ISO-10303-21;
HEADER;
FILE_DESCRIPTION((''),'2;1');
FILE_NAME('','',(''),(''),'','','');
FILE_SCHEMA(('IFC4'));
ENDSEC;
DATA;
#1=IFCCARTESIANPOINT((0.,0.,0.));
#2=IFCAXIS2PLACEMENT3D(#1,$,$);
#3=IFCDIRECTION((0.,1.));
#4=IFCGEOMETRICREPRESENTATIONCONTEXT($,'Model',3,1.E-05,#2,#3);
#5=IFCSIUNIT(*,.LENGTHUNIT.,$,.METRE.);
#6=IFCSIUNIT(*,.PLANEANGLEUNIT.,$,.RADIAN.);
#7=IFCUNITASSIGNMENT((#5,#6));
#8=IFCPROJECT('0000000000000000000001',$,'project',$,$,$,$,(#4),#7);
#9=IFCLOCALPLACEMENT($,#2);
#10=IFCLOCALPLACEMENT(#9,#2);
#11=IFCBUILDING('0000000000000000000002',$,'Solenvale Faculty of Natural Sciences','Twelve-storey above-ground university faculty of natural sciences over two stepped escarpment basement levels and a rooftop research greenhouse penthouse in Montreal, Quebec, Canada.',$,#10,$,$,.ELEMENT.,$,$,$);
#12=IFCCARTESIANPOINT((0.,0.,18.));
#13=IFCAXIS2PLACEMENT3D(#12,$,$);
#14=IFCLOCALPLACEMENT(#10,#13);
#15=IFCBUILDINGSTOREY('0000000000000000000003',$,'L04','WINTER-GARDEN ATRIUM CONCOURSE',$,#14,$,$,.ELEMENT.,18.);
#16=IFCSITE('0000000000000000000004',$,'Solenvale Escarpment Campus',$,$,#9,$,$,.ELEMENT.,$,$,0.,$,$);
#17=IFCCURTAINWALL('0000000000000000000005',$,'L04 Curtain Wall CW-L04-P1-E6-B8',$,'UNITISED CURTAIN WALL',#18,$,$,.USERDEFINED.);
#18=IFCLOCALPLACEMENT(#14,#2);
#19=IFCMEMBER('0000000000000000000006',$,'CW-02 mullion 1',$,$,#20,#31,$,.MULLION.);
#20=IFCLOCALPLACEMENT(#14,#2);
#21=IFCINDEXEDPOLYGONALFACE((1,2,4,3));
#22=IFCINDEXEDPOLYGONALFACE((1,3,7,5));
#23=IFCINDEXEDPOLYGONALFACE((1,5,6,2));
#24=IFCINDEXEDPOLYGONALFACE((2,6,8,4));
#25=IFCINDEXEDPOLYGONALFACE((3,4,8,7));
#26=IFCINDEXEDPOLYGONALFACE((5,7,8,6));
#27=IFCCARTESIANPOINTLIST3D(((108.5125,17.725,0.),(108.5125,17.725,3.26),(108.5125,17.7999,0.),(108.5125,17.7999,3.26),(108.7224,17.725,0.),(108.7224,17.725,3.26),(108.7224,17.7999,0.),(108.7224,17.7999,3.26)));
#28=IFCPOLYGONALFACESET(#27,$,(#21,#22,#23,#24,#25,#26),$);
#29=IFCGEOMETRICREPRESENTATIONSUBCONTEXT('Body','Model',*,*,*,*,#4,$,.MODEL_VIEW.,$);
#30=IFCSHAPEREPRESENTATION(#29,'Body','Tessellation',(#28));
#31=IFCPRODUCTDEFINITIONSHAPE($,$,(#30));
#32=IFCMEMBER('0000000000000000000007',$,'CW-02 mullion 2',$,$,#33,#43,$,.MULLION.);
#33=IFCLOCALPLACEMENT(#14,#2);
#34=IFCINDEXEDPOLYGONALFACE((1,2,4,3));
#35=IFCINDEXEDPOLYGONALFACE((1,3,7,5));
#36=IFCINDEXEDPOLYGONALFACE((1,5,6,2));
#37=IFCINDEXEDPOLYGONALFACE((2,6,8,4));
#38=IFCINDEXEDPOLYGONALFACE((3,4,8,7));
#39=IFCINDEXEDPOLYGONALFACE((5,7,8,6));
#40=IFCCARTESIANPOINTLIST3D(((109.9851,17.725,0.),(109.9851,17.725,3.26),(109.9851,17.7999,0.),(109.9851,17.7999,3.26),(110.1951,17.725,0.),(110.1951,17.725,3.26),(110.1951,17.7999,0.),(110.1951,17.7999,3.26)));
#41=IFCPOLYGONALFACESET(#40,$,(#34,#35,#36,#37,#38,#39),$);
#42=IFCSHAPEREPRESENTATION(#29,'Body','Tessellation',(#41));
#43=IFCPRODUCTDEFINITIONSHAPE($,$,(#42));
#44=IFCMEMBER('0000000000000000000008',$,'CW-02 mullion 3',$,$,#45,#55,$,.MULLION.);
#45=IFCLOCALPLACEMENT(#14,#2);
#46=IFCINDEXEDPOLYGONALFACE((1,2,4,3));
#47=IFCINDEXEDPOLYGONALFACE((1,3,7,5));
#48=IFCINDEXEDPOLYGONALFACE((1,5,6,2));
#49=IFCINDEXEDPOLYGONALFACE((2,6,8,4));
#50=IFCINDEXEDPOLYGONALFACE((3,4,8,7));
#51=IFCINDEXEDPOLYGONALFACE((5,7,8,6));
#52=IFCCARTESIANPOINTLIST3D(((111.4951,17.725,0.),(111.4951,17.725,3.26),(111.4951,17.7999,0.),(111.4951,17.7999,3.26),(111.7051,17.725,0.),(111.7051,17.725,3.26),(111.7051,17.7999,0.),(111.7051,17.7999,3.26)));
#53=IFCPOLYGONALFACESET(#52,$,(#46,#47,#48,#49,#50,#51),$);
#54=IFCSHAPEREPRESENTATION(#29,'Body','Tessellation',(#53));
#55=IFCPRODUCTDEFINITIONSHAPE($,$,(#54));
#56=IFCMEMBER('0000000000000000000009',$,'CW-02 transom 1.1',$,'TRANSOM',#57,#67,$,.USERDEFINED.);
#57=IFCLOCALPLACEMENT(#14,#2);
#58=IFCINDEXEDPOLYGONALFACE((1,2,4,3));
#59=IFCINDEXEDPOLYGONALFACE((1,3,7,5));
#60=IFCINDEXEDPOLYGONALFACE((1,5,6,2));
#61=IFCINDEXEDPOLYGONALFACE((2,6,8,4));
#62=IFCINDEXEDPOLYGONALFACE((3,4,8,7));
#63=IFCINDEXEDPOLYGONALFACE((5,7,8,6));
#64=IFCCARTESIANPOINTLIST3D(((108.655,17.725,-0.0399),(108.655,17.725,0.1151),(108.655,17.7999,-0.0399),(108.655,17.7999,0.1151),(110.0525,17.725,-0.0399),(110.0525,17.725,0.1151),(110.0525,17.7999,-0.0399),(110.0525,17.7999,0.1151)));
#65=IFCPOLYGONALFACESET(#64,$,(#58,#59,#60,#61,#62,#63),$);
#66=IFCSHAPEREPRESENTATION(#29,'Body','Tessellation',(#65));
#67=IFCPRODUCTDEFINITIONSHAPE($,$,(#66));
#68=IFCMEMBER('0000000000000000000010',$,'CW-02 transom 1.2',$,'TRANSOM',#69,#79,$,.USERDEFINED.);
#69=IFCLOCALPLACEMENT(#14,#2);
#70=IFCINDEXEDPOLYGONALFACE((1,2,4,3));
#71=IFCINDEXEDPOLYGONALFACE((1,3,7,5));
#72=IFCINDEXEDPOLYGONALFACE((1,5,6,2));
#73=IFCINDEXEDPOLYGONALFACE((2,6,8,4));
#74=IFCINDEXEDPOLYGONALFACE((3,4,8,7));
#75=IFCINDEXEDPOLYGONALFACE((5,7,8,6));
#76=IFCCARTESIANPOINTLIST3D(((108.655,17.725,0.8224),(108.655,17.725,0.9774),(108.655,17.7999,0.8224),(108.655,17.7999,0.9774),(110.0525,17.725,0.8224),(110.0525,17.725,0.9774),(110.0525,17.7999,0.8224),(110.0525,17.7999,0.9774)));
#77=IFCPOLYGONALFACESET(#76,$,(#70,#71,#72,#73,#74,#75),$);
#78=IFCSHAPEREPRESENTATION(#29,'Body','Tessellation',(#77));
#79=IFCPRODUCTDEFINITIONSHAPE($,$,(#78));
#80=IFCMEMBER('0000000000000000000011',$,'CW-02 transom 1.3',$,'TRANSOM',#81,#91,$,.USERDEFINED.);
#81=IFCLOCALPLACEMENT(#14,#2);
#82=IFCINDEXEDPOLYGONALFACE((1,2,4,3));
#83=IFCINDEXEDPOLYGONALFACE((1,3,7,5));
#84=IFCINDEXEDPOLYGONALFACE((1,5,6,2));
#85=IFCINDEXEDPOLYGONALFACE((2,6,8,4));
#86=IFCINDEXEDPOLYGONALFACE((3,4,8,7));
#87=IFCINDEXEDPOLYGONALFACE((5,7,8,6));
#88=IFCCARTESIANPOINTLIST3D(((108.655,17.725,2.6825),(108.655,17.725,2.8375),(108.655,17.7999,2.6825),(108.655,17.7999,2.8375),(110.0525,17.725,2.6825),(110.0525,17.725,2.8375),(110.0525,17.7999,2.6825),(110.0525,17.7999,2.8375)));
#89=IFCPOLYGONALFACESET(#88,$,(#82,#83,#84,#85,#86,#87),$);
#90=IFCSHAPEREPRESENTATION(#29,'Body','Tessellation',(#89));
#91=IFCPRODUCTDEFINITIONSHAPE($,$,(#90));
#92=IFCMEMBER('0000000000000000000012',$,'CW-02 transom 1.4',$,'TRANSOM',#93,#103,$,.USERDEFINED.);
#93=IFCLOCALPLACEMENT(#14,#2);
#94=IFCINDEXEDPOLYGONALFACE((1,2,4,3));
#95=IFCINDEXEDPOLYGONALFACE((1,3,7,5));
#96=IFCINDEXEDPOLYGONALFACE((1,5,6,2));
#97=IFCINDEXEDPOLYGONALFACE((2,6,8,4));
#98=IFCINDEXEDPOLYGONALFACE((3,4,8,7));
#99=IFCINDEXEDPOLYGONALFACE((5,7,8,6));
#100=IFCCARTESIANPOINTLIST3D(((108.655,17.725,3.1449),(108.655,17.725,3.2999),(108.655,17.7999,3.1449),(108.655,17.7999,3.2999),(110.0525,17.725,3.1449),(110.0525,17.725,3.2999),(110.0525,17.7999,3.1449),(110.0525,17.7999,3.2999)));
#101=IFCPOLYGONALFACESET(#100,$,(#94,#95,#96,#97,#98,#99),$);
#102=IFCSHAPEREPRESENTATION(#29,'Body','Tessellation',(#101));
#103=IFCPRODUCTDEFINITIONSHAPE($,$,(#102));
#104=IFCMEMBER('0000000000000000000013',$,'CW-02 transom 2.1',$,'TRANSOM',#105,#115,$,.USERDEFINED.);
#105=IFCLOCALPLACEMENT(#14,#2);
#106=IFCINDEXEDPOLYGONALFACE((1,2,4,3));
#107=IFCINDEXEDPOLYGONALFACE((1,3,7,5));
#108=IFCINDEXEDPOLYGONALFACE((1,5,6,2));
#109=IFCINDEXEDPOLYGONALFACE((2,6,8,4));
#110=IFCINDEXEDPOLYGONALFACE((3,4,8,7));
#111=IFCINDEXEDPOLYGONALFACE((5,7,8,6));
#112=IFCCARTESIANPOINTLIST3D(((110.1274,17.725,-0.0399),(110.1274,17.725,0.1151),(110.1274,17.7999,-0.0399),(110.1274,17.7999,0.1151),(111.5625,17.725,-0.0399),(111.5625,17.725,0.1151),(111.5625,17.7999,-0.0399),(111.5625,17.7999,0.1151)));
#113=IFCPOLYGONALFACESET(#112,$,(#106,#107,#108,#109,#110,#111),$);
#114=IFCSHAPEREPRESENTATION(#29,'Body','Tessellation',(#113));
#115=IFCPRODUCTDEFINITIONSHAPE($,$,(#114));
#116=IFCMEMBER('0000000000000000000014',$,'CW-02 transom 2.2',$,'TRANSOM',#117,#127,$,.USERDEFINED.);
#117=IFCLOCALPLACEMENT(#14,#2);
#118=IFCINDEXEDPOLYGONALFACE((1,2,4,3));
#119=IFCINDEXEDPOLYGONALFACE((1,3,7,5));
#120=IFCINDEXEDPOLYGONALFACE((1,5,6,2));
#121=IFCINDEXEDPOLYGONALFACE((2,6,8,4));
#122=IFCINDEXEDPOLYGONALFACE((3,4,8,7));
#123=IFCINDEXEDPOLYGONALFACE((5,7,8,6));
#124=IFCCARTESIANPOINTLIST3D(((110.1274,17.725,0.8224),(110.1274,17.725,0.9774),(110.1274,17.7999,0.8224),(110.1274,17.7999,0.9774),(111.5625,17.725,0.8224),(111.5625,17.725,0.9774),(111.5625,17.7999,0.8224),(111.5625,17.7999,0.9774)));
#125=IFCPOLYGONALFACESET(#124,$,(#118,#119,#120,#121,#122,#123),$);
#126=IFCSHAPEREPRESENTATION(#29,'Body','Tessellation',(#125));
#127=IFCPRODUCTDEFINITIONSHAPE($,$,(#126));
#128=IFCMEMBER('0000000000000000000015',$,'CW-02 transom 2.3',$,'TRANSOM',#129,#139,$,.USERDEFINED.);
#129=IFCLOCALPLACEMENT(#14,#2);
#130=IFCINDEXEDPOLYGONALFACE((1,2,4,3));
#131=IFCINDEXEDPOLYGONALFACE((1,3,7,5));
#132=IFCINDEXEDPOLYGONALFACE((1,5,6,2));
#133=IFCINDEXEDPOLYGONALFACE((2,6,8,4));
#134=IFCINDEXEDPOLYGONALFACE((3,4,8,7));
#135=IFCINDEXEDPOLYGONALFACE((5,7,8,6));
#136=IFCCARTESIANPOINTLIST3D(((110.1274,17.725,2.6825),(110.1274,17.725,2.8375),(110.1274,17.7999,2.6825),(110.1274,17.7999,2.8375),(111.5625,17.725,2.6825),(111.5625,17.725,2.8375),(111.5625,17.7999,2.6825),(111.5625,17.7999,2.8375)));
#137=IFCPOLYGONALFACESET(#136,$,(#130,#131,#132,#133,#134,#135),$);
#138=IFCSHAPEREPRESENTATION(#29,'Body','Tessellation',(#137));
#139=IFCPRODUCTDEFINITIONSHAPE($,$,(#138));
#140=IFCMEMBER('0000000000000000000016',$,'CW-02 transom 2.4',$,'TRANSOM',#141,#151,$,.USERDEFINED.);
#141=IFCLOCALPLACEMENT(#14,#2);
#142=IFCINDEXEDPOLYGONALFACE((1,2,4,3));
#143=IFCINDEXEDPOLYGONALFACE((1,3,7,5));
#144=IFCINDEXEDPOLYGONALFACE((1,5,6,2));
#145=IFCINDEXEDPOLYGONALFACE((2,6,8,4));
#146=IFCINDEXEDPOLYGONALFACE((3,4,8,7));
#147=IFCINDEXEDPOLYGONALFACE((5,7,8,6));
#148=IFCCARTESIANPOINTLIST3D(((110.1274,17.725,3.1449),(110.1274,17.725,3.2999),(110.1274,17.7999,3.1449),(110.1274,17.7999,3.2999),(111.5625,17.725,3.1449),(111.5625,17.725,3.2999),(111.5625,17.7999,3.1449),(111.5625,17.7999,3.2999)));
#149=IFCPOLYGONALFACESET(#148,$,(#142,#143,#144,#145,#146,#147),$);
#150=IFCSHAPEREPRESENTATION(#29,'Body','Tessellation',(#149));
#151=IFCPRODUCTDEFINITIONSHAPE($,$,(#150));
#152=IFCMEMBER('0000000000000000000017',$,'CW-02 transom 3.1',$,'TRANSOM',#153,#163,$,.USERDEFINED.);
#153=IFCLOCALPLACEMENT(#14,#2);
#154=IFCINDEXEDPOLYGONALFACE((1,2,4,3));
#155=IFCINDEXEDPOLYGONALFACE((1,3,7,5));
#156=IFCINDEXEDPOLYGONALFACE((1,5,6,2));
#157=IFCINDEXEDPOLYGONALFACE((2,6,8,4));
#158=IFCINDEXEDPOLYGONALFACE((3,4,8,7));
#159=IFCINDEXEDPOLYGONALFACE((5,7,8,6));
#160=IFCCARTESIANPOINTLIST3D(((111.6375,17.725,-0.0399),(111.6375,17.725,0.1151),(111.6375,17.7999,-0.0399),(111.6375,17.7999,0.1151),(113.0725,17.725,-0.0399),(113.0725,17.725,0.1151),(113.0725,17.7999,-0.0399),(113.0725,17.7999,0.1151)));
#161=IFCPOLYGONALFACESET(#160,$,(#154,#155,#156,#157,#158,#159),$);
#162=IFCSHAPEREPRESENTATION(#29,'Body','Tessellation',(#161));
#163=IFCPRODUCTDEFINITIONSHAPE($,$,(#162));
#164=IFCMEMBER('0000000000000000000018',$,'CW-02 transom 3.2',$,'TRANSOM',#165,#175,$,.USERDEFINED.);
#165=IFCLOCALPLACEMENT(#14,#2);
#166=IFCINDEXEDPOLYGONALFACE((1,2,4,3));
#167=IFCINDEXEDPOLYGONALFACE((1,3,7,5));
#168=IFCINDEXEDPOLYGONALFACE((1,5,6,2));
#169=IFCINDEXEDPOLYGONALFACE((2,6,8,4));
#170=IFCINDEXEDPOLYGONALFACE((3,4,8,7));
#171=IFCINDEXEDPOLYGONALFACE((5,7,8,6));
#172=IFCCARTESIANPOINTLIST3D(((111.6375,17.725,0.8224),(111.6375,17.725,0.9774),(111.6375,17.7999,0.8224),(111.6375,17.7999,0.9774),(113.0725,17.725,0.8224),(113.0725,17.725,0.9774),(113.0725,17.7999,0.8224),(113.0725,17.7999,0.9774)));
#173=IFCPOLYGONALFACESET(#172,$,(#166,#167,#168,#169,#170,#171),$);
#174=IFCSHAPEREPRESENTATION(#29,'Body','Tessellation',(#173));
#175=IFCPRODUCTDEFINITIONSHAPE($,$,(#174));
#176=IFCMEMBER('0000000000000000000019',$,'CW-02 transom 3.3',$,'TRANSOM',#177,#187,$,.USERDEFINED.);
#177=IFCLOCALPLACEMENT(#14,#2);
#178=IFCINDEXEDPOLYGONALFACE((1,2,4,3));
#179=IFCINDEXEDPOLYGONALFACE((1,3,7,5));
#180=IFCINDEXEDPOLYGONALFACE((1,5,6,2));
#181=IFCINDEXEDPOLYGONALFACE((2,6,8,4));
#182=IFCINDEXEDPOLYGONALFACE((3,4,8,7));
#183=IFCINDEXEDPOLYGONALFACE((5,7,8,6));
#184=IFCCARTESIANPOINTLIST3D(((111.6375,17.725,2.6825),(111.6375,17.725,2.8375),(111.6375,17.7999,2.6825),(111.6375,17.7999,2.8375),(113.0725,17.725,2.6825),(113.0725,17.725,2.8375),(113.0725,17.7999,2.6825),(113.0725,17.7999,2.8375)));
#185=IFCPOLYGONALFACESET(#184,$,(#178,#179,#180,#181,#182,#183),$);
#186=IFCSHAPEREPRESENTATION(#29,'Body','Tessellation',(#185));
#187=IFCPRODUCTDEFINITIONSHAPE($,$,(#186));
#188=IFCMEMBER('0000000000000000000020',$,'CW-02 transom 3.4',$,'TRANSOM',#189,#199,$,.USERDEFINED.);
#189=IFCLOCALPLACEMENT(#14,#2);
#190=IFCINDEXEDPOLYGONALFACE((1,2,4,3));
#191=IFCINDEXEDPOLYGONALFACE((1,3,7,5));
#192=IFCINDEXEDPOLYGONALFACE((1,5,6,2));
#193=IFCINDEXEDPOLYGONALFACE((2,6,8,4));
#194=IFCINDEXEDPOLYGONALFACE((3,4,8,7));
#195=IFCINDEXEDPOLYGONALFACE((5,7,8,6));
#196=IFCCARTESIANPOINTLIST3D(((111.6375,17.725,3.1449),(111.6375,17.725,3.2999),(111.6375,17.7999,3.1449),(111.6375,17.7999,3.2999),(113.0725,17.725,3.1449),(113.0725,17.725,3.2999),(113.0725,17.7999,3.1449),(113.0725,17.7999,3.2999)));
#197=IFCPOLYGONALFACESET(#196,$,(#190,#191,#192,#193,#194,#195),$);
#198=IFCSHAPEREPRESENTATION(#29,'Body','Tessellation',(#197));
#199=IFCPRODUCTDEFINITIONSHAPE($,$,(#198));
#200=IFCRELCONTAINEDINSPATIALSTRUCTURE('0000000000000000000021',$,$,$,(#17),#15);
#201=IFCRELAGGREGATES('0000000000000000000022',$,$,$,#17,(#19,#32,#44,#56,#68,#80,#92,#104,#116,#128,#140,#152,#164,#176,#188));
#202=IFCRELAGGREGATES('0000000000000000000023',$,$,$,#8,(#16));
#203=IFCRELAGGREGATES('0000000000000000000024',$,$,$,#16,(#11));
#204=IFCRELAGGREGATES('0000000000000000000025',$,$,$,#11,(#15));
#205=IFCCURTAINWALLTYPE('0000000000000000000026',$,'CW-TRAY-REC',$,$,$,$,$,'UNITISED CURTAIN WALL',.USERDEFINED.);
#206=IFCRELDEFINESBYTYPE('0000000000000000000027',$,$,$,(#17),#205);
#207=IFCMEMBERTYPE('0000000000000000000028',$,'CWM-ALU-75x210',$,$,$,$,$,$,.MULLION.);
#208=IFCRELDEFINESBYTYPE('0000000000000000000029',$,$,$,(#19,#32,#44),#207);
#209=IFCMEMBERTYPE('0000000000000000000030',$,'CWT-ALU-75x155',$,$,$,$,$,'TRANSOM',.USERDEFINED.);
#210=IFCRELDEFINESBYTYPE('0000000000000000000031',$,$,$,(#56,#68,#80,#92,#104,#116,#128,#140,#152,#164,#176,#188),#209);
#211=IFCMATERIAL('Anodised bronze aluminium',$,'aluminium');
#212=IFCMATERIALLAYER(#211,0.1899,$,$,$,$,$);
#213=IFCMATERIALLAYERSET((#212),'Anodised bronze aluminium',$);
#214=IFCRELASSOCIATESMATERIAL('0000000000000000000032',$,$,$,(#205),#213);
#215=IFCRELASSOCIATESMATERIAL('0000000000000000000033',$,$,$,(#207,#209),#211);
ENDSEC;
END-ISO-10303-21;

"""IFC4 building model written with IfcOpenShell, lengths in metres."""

from ifc_helpers import new_model, si_unit, direction, frame, origin, origin_2d, place, context, subcontext, project, spatial, rectangle, extrude, material, layer, layer_set, material_profile, profile_set, type_object, element, aggregate, save


model = new_model("IFC4")

# Units and contexts
model_context = context("Model", 3, precision=1e-05, world=origin(), true_north=direction((0.0, 1.0)))
body_context = subcontext(model_context, "Body", "Model", "MODEL_VIEW")
ifc_project = project(units=[si_unit("LENGTHUNIT", "METRE"), si_unit("PLANEANGLEUNIT", "RADIAN")], contexts=[model_context])

# Site, building, storey
site_placement = place(None, origin())
site = spatial("IfcSite", under=ifc_project, at=site_placement, Name="Solenvale Escarpment Campus", CompositionType="ELEMENT", RefElevation=0.0)
building_placement = place(site_placement, origin())
building = spatial("IfcBuilding", under=site, at=building_placement, Name="Solenvale Faculty of Natural Sciences", Description="Twelve-storey above-ground university faculty of natural sciences over two stepped escarpment basement levels and a rooftop research greenhouse penthouse in Montreal, Quebec, Canada.", CompositionType="ELEMENT")
storey_placement = place(building_placement, frame((0.0, 0.0, 18.0)))
storey = spatial("IfcBuildingStorey", under=building, at=storey_placement, Name="L04", Description="WINTER-GARDEN ATRIUM CONCOURSE", CompositionType="ELEMENT", Elevation=18.0)

# Curtain wall, members
ifc_material_1 = material(Name="Anodised bronze aluminium", Category="aluminium")
ifc_layer_1 = layer(ifc_material_1, 0.1899)
ifc_layer_set_1 = layer_set([ifc_layer_1], Name="Anodised bronze aluminium")
curtain_wall_type = type_object("IfcCurtainWallType", Name="CW-TRAY-REC", ElementType="UNITISED CURTAIN WALL", PredefinedType="USERDEFINED", material=ifc_layer_set_1)
curtain_wall_placement = place(storey_placement, origin())
curtain_wall = element("IfcCurtainWall", 1, at=curtain_wall_placement, inside=storey, type_object=curtain_wall_type, Name="L04 Curtain Wall CW-L04-P1-E6-B8", ObjectType="UNITISED CURTAIN WALL", PredefinedType="USERDEFINED")
ifc_material_profile_1 = material_profile(ifc_material_1, rectangle(XDim=0.075, YDim=0.21, at=origin_2d()), Name="ALU-MUL-75x210")
ifc_profile_set_1 = profile_set([ifc_material_profile_1], Name="Anodised bronze aluminium")
member_type_1 = type_object("IfcMemberType", Name="CWM-ALU-75x210", PredefinedType="MULLION", material=ifc_profile_set_1)
member_1_placement = place(storey_placement, frame((108.6174, 17.7625, 0.0), z_axis=(0.0, 0.0, 1.0), x_axis=(0.0, 1.0, 0.0)))
member_1 = element("IfcMember", 2, at=member_1_placement, type_object=member_type_1, Name="CW-02 mullion 1", PredefinedType="MULLION", context=body_context, shape_type="SweptSolid", body=[
    extrude(rectangle(XDim=0.075, YDim=0.21, at=origin_2d()), origin(), (0.0, 0.0, 1.0), 3.26),
])
member_2_placement = place(storey_placement, frame((110.0901, 17.7625, 0.0), z_axis=(0.0, 0.0, 1.0), x_axis=(0.0, 1.0, 0.0)))
member_2 = element("IfcMember", 3, at=member_2_placement, type_object=member_type_1, Name="CW-02 mullion 2", PredefinedType="MULLION", context=body_context, shape_type="SweptSolid", body=[
    extrude(rectangle(XDim=0.075, YDim=0.21, at=origin_2d()), origin(), (0.0, 0.0, 1.0), 3.26),
])
member_3_placement = place(storey_placement, frame((111.6001, 17.7625, 0.0), z_axis=(0.0, 0.0, 1.0), x_axis=(0.0, 1.0, 0.0)))
member_3 = element("IfcMember", 4, at=member_3_placement, type_object=member_type_1, Name="CW-02 mullion 3", PredefinedType="MULLION", context=body_context, shape_type="SweptSolid", body=[
    extrude(rectangle(XDim=0.075, YDim=0.21, at=origin_2d()), origin(), (0.0, 0.0, 1.0), 3.26),
])
ifc_material_profile_2 = material_profile(ifc_material_1, rectangle(XDim=0.075, YDim=0.155, at=origin_2d()), Name="ALU-TRN-75x155")
ifc_profile_set_2 = profile_set([ifc_material_profile_2], Name="Anodised bronze aluminium")
member_type_2 = type_object("IfcMemberType", Name="CWT-ALU-75x155", ElementType="TRANSOM", PredefinedType="USERDEFINED", material=ifc_profile_set_2)
member_4_placement = place(storey_placement, frame((108.655, 17.7625, 0.0376), z_axis=(1.0, 0.0, 0.0), x_axis=(0.0, 1.0, 0.0)))
member_4 = element("IfcMember", 5, at=member_4_placement, type_object=member_type_2, Name="CW-02 transom 1.1", ObjectType="TRANSOM", PredefinedType="USERDEFINED", context=body_context, shape_type="SweptSolid", body=[
    extrude(rectangle(XDim=0.075, YDim=0.155, at=origin_2d()), origin(), (0.0, 0.0, 1.0), 1.3975),
])
member_5_placement = place(storey_placement, frame((108.655, 17.7625, 0.8999), z_axis=(1.0, 0.0, 0.0), x_axis=(0.0, 1.0, 0.0)))
member_5 = element("IfcMember", 6, at=member_5_placement, type_object=member_type_2, Name="CW-02 transom 1.2", ObjectType="TRANSOM", PredefinedType="USERDEFINED", context=body_context, shape_type="SweptSolid", body=[
    extrude(rectangle(XDim=0.075, YDim=0.155, at=origin_2d()), origin(), (0.0, 0.0, 1.0), 1.3975),
])
member_6_placement = place(storey_placement, frame((108.655, 17.7625, 2.76), z_axis=(1.0, 0.0, 0.0), x_axis=(0.0, 1.0, 0.0)))
member_6 = element("IfcMember", 7, at=member_6_placement, type_object=member_type_2, Name="CW-02 transom 1.3", ObjectType="TRANSOM", PredefinedType="USERDEFINED", context=body_context, shape_type="SweptSolid", body=[
    extrude(rectangle(XDim=0.075, YDim=0.155, at=origin_2d()), origin(), (0.0, 0.0, 1.0), 1.3975),
])
member_7_placement = place(storey_placement, frame((108.655, 17.7625, 3.2224), z_axis=(1.0, 0.0, 0.0), x_axis=(0.0, 1.0, 0.0)))
member_7 = element("IfcMember", 8, at=member_7_placement, type_object=member_type_2, Name="CW-02 transom 1.4", ObjectType="TRANSOM", PredefinedType="USERDEFINED", context=body_context, shape_type="SweptSolid", body=[
    extrude(rectangle(XDim=0.075, YDim=0.155, at=origin_2d()), origin(), (0.0, 0.0, 1.0), 1.3975),
])
member_8_placement = place(storey_placement, frame((110.1274, 17.7625, 0.0376), z_axis=(1.0, 0.0, 0.0), x_axis=(0.0, 1.0, 0.0)))
member_8 = element("IfcMember", 9, at=member_8_placement, type_object=member_type_2, Name="CW-02 transom 2.1", ObjectType="TRANSOM", PredefinedType="USERDEFINED", context=body_context, shape_type="SweptSolid", body=[
    extrude(rectangle(XDim=0.075, YDim=0.155, at=origin_2d()), origin(), (0.0, 0.0, 1.0), 1.4351),
])
member_9_placement = place(storey_placement, frame((110.1274, 17.7625, 0.8999), z_axis=(1.0, 0.0, 0.0), x_axis=(0.0, 1.0, 0.0)))
member_9 = element("IfcMember", 10, at=member_9_placement, type_object=member_type_2, Name="CW-02 transom 2.2", ObjectType="TRANSOM", PredefinedType="USERDEFINED", context=body_context, shape_type="SweptSolid", body=[
    extrude(rectangle(XDim=0.075, YDim=0.155, at=origin_2d()), origin(), (0.0, 0.0, 1.0), 1.4351),
])
member_10_placement = place(storey_placement, frame((110.1274, 17.7625, 2.76), z_axis=(1.0, 0.0, 0.0), x_axis=(0.0, 1.0, 0.0)))
member_10 = element("IfcMember", 11, at=member_10_placement, type_object=member_type_2, Name="CW-02 transom 2.3", ObjectType="TRANSOM", PredefinedType="USERDEFINED", context=body_context, shape_type="SweptSolid", body=[
    extrude(rectangle(XDim=0.075, YDim=0.155, at=origin_2d()), origin(), (0.0, 0.0, 1.0), 1.4351),
])
member_11_placement = place(storey_placement, frame((110.1274, 17.7625, 3.2224), z_axis=(1.0, 0.0, 0.0), x_axis=(0.0, 1.0, 0.0)))
member_11 = element("IfcMember", 12, at=member_11_placement, type_object=member_type_2, Name="CW-02 transom 2.4", ObjectType="TRANSOM", PredefinedType="USERDEFINED", context=body_context, shape_type="SweptSolid", body=[
    extrude(rectangle(XDim=0.075, YDim=0.155, at=origin_2d()), origin(), (0.0, 0.0, 1.0), 1.4351),
])
member_12_placement = place(storey_placement, frame((111.6375, 17.7625, 0.0376), z_axis=(1.0, 0.0, 0.0), x_axis=(0.0, 1.0, 0.0)))
member_12 = element("IfcMember", 13, at=member_12_placement, type_object=member_type_2, Name="CW-02 transom 3.1", ObjectType="TRANSOM", PredefinedType="USERDEFINED", context=body_context, shape_type="SweptSolid", body=[
    extrude(rectangle(XDim=0.075, YDim=0.155, at=origin_2d()), origin(), (0.0, 0.0, 1.0), 1.4351),
])
member_13_placement = place(storey_placement, frame((111.6375, 17.7625, 0.8999), z_axis=(1.0, 0.0, 0.0), x_axis=(0.0, 1.0, 0.0)))
member_13 = element("IfcMember", 14, at=member_13_placement, type_object=member_type_2, Name="CW-02 transom 3.2", ObjectType="TRANSOM", PredefinedType="USERDEFINED", context=body_context, shape_type="SweptSolid", body=[
    extrude(rectangle(XDim=0.075, YDim=0.155, at=origin_2d()), origin(), (0.0, 0.0, 1.0), 1.4351),
])
member_14_placement = place(storey_placement, frame((111.6375, 17.7625, 2.76), z_axis=(1.0, 0.0, 0.0), x_axis=(0.0, 1.0, 0.0)))
member_14 = element("IfcMember", 15, at=member_14_placement, type_object=member_type_2, Name="CW-02 transom 3.3", ObjectType="TRANSOM", PredefinedType="USERDEFINED", context=body_context, shape_type="SweptSolid", body=[
    extrude(rectangle(XDim=0.075, YDim=0.155, at=origin_2d()), origin(), (0.0, 0.0, 1.0), 1.4351),
])
member_15_placement = place(storey_placement, frame((111.6375, 17.7625, 3.2224), z_axis=(1.0, 0.0, 0.0), x_axis=(0.0, 1.0, 0.0)))
member_15 = element("IfcMember", 16, at=member_15_placement, type_object=member_type_2, Name="CW-02 transom 3.4", ObjectType="TRANSOM", PredefinedType="USERDEFINED", context=body_context, shape_type="SweptSolid", body=[
    extrude(rectangle(XDim=0.075, YDim=0.155, at=origin_2d()), origin(), (0.0, 0.0, 1.0), 1.4351),
])
aggregate(curtain_wall, [member_1, member_2, member_3, member_4, member_5, member_6, member_7, member_8, member_9, member_10, member_11, member_12, member_13, member_14, member_15])

save(model, "model.ifc")
